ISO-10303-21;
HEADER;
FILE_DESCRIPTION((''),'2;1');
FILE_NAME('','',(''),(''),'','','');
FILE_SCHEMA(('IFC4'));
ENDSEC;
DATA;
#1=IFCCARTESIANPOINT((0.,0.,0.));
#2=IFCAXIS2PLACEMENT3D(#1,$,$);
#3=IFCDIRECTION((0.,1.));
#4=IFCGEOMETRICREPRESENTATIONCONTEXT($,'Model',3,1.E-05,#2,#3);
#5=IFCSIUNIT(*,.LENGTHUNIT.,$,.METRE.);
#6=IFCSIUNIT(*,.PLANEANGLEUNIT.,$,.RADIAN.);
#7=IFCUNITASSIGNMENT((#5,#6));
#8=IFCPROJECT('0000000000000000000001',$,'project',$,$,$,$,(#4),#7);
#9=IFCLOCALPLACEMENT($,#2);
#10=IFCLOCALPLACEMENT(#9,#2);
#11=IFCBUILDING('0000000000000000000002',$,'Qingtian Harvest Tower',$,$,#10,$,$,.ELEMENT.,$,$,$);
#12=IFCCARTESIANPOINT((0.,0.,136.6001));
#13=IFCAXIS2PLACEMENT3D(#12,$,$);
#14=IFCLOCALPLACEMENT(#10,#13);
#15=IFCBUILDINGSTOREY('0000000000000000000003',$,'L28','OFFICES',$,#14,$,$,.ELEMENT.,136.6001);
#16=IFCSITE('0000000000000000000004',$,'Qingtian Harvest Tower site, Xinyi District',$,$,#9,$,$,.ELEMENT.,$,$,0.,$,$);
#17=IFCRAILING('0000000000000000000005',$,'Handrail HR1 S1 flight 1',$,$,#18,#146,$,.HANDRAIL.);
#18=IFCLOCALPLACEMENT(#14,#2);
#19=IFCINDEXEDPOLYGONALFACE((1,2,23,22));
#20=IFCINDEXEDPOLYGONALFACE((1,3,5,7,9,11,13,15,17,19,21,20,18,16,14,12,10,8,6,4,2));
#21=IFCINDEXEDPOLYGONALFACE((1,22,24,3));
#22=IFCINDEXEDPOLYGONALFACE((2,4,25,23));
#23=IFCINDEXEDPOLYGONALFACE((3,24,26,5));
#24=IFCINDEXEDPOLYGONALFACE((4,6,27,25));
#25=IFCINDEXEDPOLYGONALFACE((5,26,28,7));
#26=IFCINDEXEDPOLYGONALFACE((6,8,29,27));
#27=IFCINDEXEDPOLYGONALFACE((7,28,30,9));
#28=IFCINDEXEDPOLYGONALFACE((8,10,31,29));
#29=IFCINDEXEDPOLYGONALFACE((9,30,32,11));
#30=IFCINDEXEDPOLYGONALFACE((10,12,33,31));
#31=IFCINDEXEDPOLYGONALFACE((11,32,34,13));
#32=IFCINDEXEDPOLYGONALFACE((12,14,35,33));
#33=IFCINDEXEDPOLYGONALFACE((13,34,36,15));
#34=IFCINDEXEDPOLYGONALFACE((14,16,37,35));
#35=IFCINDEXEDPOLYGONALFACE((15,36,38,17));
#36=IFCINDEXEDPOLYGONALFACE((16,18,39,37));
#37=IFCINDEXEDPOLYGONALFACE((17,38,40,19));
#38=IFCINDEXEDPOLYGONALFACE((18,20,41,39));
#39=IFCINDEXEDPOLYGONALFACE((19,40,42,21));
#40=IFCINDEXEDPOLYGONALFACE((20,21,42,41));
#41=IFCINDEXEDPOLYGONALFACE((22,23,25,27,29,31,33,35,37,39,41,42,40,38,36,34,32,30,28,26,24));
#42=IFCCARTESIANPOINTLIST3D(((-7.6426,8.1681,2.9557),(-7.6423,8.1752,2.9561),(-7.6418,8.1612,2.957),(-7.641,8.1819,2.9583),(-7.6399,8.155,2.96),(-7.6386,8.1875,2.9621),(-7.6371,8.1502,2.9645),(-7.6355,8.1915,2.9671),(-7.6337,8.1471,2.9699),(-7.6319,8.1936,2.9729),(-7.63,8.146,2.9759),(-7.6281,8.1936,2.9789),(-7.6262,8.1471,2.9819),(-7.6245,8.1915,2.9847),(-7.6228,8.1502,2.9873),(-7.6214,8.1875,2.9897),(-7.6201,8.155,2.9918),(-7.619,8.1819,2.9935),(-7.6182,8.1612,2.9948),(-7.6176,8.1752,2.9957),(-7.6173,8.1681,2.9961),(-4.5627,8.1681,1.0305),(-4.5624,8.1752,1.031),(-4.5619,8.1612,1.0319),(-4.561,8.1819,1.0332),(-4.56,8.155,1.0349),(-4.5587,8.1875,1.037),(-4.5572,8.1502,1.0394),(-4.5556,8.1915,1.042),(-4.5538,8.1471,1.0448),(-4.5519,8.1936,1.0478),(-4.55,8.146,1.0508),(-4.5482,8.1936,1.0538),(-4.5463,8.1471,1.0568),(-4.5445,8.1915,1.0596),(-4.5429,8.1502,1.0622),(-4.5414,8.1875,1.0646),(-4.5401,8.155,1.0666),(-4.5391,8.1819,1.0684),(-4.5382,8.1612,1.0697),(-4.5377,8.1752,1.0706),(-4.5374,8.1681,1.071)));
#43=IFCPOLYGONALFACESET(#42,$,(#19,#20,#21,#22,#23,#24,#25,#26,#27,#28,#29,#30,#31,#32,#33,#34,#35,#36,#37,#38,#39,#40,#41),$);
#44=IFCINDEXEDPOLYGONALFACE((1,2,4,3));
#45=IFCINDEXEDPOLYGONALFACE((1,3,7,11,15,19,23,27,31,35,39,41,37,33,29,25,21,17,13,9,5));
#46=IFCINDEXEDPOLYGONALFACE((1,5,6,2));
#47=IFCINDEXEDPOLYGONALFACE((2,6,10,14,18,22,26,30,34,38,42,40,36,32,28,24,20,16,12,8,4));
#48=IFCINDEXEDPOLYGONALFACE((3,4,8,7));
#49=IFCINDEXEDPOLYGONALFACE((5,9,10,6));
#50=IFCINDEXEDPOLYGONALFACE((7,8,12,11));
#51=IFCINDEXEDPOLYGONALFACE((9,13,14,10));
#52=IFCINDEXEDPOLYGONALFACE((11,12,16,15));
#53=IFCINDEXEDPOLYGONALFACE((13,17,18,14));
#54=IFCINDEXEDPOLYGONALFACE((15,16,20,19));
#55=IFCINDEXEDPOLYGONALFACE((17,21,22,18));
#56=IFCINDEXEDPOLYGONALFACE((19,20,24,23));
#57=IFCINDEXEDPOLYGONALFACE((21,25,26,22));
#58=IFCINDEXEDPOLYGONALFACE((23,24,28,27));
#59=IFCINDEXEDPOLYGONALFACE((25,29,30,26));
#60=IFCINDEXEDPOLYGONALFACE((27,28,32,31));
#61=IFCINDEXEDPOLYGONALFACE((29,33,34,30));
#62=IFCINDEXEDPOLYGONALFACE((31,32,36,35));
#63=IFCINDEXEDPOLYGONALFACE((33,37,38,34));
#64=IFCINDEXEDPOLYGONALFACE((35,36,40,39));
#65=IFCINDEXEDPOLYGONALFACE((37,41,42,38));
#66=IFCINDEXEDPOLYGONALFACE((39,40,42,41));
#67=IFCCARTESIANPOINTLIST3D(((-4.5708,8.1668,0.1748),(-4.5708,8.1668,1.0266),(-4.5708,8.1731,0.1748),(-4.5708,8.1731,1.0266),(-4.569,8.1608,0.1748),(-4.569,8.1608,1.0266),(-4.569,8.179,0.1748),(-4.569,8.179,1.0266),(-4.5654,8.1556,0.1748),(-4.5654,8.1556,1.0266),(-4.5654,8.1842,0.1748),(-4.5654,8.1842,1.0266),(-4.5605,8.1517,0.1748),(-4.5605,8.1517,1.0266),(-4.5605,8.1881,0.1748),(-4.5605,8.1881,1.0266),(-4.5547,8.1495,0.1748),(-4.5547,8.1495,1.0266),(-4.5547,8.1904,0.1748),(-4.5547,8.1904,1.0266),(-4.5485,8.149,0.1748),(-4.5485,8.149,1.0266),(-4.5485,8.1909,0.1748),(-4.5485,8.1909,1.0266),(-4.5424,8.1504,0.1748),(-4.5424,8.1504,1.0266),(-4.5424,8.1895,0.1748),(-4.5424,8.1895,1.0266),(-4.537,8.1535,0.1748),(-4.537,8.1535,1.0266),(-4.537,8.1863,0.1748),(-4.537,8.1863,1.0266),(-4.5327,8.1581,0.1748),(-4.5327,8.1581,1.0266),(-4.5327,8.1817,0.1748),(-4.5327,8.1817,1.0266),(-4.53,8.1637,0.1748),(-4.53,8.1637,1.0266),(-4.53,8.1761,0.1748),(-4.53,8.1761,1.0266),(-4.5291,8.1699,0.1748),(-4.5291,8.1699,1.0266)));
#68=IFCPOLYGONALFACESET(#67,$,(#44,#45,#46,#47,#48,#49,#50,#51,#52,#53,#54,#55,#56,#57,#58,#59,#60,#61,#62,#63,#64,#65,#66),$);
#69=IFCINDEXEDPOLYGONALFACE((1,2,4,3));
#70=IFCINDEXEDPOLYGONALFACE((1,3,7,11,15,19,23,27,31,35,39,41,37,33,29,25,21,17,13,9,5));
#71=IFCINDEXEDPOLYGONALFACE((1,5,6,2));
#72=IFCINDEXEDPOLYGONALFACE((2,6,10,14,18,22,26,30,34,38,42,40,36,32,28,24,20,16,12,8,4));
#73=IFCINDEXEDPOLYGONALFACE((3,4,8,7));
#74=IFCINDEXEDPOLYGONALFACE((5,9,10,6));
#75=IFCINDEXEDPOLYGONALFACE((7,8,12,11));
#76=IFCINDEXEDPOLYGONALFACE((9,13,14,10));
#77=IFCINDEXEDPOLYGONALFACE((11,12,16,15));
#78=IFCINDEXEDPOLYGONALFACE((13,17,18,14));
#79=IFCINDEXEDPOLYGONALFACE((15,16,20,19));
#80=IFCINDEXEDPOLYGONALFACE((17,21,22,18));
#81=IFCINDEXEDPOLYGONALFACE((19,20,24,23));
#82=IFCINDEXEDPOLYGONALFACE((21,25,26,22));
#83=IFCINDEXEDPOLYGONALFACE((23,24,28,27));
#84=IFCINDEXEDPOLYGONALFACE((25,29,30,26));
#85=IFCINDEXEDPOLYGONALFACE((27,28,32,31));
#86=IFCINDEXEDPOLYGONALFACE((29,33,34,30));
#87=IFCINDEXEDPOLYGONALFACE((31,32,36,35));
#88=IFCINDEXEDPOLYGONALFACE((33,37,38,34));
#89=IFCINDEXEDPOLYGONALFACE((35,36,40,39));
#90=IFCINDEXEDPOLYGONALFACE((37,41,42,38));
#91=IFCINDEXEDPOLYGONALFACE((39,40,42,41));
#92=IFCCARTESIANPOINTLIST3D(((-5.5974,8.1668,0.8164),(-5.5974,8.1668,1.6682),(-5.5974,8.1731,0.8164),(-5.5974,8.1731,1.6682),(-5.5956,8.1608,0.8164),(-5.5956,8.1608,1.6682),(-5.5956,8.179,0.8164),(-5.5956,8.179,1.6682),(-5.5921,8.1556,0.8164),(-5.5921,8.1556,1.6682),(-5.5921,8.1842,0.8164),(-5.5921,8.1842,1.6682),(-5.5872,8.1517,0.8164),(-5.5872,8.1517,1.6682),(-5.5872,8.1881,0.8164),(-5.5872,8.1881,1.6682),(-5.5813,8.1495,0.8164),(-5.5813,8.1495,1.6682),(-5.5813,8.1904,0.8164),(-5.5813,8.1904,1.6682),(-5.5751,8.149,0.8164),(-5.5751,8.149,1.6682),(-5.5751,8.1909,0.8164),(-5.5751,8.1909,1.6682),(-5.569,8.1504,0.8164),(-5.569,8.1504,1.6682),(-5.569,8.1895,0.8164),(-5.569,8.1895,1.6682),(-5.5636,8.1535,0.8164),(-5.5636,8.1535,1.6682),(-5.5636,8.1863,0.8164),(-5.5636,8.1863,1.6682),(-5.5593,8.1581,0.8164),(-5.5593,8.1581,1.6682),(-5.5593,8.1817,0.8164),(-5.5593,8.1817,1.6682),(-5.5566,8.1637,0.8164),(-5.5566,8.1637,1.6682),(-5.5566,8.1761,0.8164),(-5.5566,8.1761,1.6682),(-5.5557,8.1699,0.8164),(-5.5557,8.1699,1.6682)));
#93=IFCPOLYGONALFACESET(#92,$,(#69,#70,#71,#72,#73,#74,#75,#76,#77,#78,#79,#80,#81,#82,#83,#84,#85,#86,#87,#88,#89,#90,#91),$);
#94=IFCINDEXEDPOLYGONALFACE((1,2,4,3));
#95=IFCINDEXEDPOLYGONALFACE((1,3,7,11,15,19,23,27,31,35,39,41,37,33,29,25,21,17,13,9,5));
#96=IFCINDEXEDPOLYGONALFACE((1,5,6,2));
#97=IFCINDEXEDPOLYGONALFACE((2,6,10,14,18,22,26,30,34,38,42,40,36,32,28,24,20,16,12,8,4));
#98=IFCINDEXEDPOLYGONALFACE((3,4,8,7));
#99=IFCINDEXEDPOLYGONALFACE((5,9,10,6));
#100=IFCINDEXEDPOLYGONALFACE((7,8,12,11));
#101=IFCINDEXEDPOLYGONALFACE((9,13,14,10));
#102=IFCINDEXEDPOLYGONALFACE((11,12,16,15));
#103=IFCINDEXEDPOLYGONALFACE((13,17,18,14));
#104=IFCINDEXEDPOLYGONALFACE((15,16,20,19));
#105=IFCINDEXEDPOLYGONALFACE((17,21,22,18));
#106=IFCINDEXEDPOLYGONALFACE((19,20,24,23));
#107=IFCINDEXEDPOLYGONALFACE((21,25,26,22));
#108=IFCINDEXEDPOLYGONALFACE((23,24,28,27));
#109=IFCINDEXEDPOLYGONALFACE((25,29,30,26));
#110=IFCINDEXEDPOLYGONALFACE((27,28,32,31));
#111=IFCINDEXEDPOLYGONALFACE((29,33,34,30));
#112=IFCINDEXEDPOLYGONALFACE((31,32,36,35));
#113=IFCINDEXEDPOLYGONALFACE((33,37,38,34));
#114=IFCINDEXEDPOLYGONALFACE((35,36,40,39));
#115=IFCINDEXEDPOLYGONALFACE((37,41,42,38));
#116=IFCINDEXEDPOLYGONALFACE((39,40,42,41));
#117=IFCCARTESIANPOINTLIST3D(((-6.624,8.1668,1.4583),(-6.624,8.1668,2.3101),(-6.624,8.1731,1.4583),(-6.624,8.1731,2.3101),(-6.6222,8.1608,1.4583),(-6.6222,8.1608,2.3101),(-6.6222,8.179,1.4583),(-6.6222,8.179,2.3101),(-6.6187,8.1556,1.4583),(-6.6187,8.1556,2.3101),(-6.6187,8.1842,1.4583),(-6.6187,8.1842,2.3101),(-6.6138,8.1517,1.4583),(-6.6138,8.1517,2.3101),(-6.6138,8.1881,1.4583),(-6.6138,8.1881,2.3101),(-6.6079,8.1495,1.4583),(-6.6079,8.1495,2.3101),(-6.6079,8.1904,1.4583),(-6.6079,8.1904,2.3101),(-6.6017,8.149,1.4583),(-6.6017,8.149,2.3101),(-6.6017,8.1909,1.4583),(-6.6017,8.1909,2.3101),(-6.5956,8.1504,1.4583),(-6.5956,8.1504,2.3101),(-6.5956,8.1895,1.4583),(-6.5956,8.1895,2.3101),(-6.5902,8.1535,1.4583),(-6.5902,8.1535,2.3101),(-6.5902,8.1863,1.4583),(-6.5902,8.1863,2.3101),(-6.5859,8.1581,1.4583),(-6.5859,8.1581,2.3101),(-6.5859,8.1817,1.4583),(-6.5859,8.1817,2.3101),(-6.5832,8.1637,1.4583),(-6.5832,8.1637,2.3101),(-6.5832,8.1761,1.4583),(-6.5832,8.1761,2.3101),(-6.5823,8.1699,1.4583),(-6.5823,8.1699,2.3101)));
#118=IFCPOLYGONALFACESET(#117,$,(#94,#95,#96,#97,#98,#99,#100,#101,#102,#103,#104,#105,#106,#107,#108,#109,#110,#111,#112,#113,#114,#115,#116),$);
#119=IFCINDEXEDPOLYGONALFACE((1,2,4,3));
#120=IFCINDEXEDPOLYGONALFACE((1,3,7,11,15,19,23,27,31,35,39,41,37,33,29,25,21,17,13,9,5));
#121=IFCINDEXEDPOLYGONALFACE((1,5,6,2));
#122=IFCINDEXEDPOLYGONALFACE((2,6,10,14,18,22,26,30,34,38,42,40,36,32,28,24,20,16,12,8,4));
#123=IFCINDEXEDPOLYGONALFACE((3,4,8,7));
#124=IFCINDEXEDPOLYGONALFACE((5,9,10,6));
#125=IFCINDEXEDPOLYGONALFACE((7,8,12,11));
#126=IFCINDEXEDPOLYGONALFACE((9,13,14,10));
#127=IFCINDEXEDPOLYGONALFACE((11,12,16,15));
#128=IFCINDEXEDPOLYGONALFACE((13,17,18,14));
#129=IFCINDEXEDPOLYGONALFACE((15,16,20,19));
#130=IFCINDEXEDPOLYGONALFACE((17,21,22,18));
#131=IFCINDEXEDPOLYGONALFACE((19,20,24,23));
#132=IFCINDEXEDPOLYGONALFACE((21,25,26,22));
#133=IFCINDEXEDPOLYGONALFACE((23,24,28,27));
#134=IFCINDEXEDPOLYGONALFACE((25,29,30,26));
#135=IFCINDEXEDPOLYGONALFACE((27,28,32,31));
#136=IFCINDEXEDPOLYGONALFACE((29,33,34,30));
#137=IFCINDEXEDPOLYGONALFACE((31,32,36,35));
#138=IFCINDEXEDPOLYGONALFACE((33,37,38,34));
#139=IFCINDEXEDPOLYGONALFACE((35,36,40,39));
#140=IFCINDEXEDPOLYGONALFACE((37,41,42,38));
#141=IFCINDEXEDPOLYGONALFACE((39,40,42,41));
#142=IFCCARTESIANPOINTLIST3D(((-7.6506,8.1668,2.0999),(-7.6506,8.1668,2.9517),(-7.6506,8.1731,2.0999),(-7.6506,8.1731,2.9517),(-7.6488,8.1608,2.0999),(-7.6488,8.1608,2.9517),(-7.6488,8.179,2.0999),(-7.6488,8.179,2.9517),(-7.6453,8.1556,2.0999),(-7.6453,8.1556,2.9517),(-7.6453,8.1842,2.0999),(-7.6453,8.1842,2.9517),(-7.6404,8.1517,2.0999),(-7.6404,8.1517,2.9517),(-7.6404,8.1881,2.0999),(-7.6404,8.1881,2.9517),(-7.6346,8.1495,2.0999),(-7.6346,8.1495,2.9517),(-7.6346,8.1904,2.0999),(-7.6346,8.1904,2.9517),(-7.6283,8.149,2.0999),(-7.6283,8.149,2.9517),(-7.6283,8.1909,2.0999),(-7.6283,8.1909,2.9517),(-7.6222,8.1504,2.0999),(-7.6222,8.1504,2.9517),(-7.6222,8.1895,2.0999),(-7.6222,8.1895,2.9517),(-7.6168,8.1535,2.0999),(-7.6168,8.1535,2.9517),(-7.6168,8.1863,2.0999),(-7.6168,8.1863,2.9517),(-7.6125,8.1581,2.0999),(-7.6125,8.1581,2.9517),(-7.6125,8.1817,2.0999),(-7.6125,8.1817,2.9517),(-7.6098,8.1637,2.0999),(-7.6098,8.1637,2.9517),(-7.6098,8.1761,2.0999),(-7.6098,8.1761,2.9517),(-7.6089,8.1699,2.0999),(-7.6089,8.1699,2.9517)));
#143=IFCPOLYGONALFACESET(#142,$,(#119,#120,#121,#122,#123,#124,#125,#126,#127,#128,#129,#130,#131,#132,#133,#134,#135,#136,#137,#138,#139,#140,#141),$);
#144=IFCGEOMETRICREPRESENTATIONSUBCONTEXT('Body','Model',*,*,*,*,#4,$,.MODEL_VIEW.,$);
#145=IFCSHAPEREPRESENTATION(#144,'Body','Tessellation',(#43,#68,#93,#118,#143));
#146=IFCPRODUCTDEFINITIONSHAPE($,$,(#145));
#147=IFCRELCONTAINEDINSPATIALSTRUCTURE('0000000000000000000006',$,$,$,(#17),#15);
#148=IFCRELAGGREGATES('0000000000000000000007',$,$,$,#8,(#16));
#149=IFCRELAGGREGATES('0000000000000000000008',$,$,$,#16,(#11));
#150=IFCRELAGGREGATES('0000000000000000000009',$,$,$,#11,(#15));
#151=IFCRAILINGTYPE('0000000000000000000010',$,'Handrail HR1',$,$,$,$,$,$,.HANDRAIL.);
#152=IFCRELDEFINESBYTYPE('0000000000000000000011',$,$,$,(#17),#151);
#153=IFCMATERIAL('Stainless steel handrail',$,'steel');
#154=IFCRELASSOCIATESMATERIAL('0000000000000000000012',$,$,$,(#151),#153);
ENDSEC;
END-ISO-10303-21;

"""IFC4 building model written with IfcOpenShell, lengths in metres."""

from ifc_helpers import new_model, si_unit, direction, frame, origin, origin_2d, place, context, subcontext, project, spatial, circle, extrude, material, type_object, element, save


model = new_model("IFC4")

# Units and contexts
model_context = context("Model", 3, precision=1e-05, world=origin(), true_north=direction((0.0, 1.0)))
body_context = subcontext(model_context, "Body", "Model", "MODEL_VIEW")
ifc_project = project(units=[si_unit("LENGTHUNIT", "METRE"), si_unit("PLANEANGLEUNIT", "RADIAN")], contexts=[model_context])

# Site, building, storey
site_placement = place(None, origin())
site = spatial("IfcSite", under=ifc_project, at=site_placement, Name="Qingtian Harvest Tower site, Xinyi District", CompositionType="ELEMENT", RefElevation=0.0)
building_placement = place(site_placement, origin())
building = spatial("IfcBuilding", under=site, at=building_placement, Name="Qingtian Harvest Tower", CompositionType="ELEMENT")
storey_placement = place(building_placement, frame((0.0, 0.0, 136.6001)))
storey = spatial("IfcBuildingStorey", under=building, at=storey_placement, Name="L28", Description="OFFICES", CompositionType="ELEMENT", Elevation=136.6001)

# Railing
ifc_material_1 = material(Name="Stainless steel handrail", Category="steel")
railing_type = type_object("IfcRailingType", Name="Handrail HR1", PredefinedType="HANDRAIL", material=ifc_material_1)
railing_placement = place(storey_placement, frame((-4.55, 8.1699, 0.1748)))
element("IfcRailing", 1, at=railing_placement, inside=storey, type_object=railing_type, Name="Handrail HR1 S1 flight 1", PredefinedType="HANDRAIL", context=body_context, shape_type="SweptSolid", body=[
    extrude(circle(Radius=0.0239, at=origin_2d()), frame((0.0, 0.0, 0.876), z_axis=(-0.847979, 0.0, 0.530029), x_axis=(0.0, -1.0, 0.0)), (0.0, 0.0, 1.0), 3.6321),
    extrude(circle(Radius=0.021, at=origin_2d()), origin(), (0.0, 0.0, 1.0), 0.8518),
    extrude(circle(Radius=0.021, at=origin_2d()), frame((-1.0266, 0.0, 0.6416)), (0.0, 0.0, 1.0), 0.8518),
    extrude(circle(Radius=0.021, at=origin_2d()), frame((-2.0532, 0.0, 1.2834)), (0.0, 0.0, 1.0), 0.8518),
    extrude(circle(Radius=0.021, at=origin_2d()), frame((-3.0798, 0.0, 1.925)), (0.0, 0.0, 1.0), 0.8518),
])

save(model, "model.ifc")
